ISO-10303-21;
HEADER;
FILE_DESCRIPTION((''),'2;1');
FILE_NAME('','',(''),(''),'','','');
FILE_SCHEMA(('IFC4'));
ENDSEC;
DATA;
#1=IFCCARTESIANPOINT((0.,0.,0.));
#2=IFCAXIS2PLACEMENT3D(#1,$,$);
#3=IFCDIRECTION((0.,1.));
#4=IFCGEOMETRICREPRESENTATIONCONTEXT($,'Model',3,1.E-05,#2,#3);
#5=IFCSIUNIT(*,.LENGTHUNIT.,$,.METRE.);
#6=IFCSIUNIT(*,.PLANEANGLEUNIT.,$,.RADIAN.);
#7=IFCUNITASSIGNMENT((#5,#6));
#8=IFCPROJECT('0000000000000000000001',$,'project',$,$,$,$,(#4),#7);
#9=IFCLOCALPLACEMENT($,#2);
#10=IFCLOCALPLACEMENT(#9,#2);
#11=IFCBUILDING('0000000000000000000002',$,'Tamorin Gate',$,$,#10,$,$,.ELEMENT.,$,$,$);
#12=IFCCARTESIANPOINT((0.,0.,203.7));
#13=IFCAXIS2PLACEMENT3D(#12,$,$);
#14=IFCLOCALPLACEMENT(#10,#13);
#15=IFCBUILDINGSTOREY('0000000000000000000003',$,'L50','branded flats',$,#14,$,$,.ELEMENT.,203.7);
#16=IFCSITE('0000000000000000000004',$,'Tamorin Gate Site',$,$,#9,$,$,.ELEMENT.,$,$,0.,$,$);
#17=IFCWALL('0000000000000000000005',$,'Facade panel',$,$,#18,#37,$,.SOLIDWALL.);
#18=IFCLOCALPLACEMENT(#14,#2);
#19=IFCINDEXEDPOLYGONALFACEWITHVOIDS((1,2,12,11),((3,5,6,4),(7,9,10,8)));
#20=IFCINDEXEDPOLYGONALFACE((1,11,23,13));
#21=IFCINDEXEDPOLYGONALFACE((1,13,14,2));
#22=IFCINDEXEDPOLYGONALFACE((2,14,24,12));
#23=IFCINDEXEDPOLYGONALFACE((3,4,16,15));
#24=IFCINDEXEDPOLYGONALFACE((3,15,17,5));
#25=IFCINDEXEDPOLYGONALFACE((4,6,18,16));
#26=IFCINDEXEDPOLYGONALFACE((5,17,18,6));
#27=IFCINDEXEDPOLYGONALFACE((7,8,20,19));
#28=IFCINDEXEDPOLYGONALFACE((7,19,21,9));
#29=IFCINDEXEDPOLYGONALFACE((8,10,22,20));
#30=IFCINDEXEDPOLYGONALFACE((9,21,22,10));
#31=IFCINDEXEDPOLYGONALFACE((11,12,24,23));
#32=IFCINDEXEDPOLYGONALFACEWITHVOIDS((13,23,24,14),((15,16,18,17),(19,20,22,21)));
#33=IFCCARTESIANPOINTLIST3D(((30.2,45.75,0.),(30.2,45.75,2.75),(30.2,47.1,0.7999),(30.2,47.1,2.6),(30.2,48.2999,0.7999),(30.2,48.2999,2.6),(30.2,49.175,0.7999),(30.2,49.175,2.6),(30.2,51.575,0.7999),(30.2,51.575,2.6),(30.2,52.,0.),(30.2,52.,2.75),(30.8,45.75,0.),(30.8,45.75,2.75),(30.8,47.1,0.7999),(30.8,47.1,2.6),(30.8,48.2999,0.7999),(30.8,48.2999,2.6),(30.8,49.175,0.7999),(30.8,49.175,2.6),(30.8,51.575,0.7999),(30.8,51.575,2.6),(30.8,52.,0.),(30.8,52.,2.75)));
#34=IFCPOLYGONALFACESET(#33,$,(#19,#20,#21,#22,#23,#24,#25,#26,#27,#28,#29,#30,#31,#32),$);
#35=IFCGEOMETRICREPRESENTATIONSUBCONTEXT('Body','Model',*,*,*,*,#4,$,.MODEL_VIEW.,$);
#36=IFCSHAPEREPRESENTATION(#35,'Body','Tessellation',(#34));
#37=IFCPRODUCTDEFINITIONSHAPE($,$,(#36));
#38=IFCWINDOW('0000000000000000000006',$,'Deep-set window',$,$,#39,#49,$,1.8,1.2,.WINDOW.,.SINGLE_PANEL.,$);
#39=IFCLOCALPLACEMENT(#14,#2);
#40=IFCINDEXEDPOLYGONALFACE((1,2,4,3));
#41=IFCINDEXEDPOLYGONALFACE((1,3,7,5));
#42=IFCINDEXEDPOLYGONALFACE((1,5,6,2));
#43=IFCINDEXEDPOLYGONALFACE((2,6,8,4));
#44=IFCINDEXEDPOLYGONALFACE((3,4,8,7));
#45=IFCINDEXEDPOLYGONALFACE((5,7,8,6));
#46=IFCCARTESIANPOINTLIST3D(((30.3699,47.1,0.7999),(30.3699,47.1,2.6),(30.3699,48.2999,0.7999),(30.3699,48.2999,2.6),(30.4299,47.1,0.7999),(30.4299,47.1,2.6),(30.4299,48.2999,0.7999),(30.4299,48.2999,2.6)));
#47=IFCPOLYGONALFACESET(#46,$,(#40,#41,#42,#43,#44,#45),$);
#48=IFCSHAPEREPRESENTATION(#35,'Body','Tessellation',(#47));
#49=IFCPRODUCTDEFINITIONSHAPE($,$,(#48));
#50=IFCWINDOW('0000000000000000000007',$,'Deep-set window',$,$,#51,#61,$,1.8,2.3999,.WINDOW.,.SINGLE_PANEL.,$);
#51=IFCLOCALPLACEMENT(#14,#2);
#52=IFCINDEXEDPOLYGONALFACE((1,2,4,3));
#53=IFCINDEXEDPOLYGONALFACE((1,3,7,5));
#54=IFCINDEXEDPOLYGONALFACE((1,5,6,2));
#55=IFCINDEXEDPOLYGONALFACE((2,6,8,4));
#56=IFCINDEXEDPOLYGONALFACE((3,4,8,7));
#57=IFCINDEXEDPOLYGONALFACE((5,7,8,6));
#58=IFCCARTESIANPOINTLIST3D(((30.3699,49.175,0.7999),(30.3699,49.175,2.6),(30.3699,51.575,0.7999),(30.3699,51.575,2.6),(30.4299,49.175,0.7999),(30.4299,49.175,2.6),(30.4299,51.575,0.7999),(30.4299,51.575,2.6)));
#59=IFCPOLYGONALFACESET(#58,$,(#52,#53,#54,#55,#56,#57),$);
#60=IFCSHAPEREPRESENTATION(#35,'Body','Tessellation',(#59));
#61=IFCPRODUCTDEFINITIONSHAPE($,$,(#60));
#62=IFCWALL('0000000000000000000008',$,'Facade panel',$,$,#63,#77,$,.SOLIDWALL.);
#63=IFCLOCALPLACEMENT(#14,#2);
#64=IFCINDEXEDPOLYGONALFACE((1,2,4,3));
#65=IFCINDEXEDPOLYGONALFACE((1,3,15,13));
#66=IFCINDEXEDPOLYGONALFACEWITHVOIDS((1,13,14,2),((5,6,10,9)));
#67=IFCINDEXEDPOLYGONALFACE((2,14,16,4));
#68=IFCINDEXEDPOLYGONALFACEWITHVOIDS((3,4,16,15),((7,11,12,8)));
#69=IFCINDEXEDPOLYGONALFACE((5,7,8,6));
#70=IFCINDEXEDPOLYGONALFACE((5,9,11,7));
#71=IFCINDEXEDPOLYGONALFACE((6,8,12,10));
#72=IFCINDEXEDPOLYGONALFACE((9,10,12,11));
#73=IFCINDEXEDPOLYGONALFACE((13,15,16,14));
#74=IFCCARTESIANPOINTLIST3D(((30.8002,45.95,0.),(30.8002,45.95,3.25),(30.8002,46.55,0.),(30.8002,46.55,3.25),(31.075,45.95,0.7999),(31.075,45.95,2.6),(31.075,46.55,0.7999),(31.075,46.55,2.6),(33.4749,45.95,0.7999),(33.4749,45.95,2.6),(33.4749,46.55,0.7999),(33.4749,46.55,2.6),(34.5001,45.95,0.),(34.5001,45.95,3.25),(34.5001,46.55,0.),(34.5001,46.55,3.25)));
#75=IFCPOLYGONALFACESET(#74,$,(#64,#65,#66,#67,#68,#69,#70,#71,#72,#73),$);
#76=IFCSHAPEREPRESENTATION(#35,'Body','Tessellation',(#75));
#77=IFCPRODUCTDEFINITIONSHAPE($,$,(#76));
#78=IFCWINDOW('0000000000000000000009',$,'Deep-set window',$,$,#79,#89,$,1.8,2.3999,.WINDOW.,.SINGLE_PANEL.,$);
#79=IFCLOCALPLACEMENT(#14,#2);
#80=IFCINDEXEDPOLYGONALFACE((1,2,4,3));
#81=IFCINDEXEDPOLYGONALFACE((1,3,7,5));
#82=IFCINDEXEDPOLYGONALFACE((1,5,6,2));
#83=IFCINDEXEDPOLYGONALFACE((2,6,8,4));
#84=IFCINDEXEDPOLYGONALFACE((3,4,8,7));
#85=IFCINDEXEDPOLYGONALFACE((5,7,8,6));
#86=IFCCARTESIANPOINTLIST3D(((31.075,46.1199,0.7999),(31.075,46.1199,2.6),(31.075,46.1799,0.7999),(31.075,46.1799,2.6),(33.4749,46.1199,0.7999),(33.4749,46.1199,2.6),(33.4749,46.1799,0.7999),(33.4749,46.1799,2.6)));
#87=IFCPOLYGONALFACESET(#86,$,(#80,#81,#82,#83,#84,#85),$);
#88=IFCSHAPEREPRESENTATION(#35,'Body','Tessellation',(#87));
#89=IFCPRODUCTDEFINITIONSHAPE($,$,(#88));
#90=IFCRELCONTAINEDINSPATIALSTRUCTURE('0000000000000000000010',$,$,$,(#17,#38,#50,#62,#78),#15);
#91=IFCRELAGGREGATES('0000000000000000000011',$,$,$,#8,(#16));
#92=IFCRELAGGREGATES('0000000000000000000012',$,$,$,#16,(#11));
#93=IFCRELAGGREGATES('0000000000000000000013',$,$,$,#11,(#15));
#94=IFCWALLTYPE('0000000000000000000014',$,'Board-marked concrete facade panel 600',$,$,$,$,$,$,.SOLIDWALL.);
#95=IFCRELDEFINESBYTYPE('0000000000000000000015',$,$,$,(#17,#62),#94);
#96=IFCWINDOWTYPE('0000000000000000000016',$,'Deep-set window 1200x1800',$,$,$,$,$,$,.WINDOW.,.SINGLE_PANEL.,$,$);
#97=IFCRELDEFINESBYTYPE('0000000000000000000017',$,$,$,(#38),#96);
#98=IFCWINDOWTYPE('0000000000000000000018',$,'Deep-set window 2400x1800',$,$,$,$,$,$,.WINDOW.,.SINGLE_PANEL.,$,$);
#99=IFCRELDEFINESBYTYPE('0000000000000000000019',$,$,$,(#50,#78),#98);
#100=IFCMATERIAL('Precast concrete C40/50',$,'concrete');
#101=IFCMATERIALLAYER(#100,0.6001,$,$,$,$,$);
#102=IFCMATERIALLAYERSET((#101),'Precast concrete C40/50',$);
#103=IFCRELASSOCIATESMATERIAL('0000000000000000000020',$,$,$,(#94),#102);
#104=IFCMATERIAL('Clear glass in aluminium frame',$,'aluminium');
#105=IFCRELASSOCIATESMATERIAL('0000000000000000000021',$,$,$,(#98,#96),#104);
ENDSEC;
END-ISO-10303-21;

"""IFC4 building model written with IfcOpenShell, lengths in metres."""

from ifc_helpers import new_model, si_unit, direction, frame, frame_2d, origin, place, context, subcontext, project, spatial, rectangle, extrude, material, layer, layer_set, type_object, element, fill, save


model = new_model("IFC4")

# Units and contexts
model_context = context("Model", 3, precision=1e-05, world=origin(), true_north=direction((0.0, 1.0)))
body_context = subcontext(model_context, "Body", "Model", "MODEL_VIEW")
ifc_project = project(units=[si_unit("LENGTHUNIT", "METRE"), si_unit("PLANEANGLEUNIT", "RADIAN")], contexts=[model_context])

# Site, building, storey
site_placement = place(None, origin())
site = spatial("IfcSite", under=ifc_project, at=site_placement, Name="Tamorin Gate Site", CompositionType="ELEMENT", RefElevation=0.0)
building_placement = place(site_placement, origin())
building = spatial("IfcBuilding", under=site, at=building_placement, Name="Tamorin Gate", CompositionType="ELEMENT")
storey_placement = place(building_placement, frame((0.0, 0.0, 203.7)))
storey = spatial("IfcBuildingStorey", under=building, at=storey_placement, Name="L50", Description="branded flats", CompositionType="ELEMENT", Elevation=203.7)

# Shared definitions
ifc_material_1 = material(Name="Precast concrete C40/50", Category="concrete")
ifc_layer_1 = layer(ifc_material_1, 0.6001)
ifc_layer_set_1 = layer_set([ifc_layer_1], Name="Precast concrete C40/50")
wall_type_1 = type_object("IfcWallType", Name="Board-marked concrete facade panel 600", PredefinedType="SOLIDWALL", material=ifc_layer_set_1)

# Wall, openings, windows
ifc_material_2 = material(Name="Clear glass in aluminium frame", Category="aluminium")
window_type_1 = type_object("IfcWindowType", Name="Deep-set window 2400x1800", PartitioningType="SINGLE_PANEL", PredefinedType="WINDOW", material=ifc_material_2)
wall_1_placement = place(storey_placement, frame((30.5, 52.0, 0.0), z_axis=(0.0, 0.0, 1.0), x_axis=(0.0, -1.0, 0.0)))
wall_1 = element("IfcWall", 1, at=wall_1_placement, inside=storey, type_object=wall_type_1, Name="Facade panel", PredefinedType="SOLIDWALL", context=body_context, shape_type="SweptSolid", body=[
    extrude(rectangle(XDim=6.25, YDim=0.6001, at=frame_2d((3.125, 0.0))), origin(), (0.0, 0.0, 1.0), 2.75),
])
opening_1_placement = place(wall_1_placement, frame((3.7, 0.0, 0.8)))
opening_1 = element("IfcOpeningElement", 2, at=opening_1_placement, cuts=wall_1, PredefinedType="OPENING", context=body_context, shape_type="SweptSolid", body=[
    extrude(rectangle(XDim=1.2, YDim=1.8, at=frame_2d((0.6001, 0.8999))), frame((0.0, 0.3101, 0.0), z_axis=(0.0, -1.0, 0.0), x_axis=(1.0, 0.0, 0.0)), (0.0, 0.0, 1.0), 0.6201),
])
opening_2_placement = place(wall_1_placement, frame((0.425, 0.0, 0.8)))
opening_2 = element("IfcOpeningElement", 3, at=opening_2_placement, cuts=wall_1, PredefinedType="OPENING", context=body_context, shape_type="SweptSolid", body=[
    extrude(rectangle(XDim=2.3999, YDim=1.8, at=frame_2d((1.2, 0.8999))), frame((0.0, 0.3101, 0.0), z_axis=(0.0, -1.0, 0.0), x_axis=(1.0, 0.0, 0.0)), (0.0, 0.0, 1.0), 0.6201),
])
window_type_2 = type_object("IfcWindowType", Name="Deep-set window 1200x1800", PartitioningType="SINGLE_PANEL", PredefinedType="WINDOW", material=ifc_material_2)
window_1_placement = place(opening_1_placement, origin())
window_1 = element("IfcWindow", 4, at=window_1_placement, inside=storey, type_object=window_type_2, Name="Deep-set window", OverallHeight=1.8, OverallWidth=1.2, PartitioningType="SINGLE_PANEL", PredefinedType="WINDOW", context=body_context, shape_type="SweptSolid", body=[
    extrude(rectangle(XDim=1.2, YDim=1.8, at=frame_2d((0.6001, 0.8999))), frame((0.0, -0.0701, 0.0), z_axis=(0.0, -1.0, 0.0), x_axis=(1.0, 0.0, 0.0)), (0.0, 0.0, 1.0), 0.0601),
])
fill(opening_1, window_1)
window_2_placement = place(opening_2_placement, origin())
window_2 = element("IfcWindow", 5, at=window_2_placement, inside=storey, type_object=window_type_1, Name="Deep-set window", OverallHeight=1.8, OverallWidth=2.3999, PartitioningType="SINGLE_PANEL", PredefinedType="WINDOW", context=body_context, shape_type="SweptSolid", body=[
    extrude(rectangle(XDim=2.3999, YDim=1.8, at=frame_2d((1.2, 0.8999))), frame((0.0, -0.0701, 0.0), z_axis=(0.0, -1.0, 0.0), x_axis=(1.0, 0.0, 0.0)), (0.0, 0.0, 1.0), 0.0601),
])
fill(opening_2, window_2)

# Wall, opening, window
wall_2_placement = place(storey_placement, frame((30.8, 46.25, 0.0), z_axis=(0.0, 0.0, 1.0), x_axis=(1.0, 0.0, 0.0)))
wall_2 = element("IfcWall", 6, at=wall_2_placement, inside=storey, type_object=wall_type_1, Name="Facade panel", PredefinedType="SOLIDWALL", context=body_context, shape_type="SweptSolid", body=[
    extrude(rectangle(XDim=3.7, YDim=0.6001, at=frame_2d((1.8501, 0.0))), origin(), (0.0, 0.0, 1.0), 3.25),
])
opening_3_placement = place(wall_2_placement, frame((0.2749, 0.0, 0.8)))
opening_3 = element("IfcOpeningElement", 7, at=opening_3_placement, cuts=wall_2, PredefinedType="OPENING", context=body_context, shape_type="SweptSolid", body=[
    extrude(rectangle(XDim=2.3999, YDim=1.8, at=frame_2d((1.2, 0.8999))), frame((0.0, 0.3101, 0.0), z_axis=(0.0, -1.0, 0.0), x_axis=(1.0, 0.0, 0.0)), (0.0, 0.0, 1.0), 0.6201),
])
window_3_placement = place(opening_3_placement, origin())
window_3 = element("IfcWindow", 8, at=window_3_placement, inside=storey, type_object=window_type_1, Name="Deep-set window", OverallHeight=1.8, OverallWidth=2.3999, PartitioningType="SINGLE_PANEL", PredefinedType="WINDOW", context=body_context, shape_type="SweptSolid", body=[
    extrude(rectangle(XDim=2.3999, YDim=1.8, at=frame_2d((1.2, 0.8999))), frame((0.0, -0.0701, 0.0), z_axis=(0.0, -1.0, 0.0), x_axis=(1.0, 0.0, 0.0)), (0.0, 0.0, 1.0), 0.0601),
])
fill(opening_3, window_3)

save(model, "model.ifc")
